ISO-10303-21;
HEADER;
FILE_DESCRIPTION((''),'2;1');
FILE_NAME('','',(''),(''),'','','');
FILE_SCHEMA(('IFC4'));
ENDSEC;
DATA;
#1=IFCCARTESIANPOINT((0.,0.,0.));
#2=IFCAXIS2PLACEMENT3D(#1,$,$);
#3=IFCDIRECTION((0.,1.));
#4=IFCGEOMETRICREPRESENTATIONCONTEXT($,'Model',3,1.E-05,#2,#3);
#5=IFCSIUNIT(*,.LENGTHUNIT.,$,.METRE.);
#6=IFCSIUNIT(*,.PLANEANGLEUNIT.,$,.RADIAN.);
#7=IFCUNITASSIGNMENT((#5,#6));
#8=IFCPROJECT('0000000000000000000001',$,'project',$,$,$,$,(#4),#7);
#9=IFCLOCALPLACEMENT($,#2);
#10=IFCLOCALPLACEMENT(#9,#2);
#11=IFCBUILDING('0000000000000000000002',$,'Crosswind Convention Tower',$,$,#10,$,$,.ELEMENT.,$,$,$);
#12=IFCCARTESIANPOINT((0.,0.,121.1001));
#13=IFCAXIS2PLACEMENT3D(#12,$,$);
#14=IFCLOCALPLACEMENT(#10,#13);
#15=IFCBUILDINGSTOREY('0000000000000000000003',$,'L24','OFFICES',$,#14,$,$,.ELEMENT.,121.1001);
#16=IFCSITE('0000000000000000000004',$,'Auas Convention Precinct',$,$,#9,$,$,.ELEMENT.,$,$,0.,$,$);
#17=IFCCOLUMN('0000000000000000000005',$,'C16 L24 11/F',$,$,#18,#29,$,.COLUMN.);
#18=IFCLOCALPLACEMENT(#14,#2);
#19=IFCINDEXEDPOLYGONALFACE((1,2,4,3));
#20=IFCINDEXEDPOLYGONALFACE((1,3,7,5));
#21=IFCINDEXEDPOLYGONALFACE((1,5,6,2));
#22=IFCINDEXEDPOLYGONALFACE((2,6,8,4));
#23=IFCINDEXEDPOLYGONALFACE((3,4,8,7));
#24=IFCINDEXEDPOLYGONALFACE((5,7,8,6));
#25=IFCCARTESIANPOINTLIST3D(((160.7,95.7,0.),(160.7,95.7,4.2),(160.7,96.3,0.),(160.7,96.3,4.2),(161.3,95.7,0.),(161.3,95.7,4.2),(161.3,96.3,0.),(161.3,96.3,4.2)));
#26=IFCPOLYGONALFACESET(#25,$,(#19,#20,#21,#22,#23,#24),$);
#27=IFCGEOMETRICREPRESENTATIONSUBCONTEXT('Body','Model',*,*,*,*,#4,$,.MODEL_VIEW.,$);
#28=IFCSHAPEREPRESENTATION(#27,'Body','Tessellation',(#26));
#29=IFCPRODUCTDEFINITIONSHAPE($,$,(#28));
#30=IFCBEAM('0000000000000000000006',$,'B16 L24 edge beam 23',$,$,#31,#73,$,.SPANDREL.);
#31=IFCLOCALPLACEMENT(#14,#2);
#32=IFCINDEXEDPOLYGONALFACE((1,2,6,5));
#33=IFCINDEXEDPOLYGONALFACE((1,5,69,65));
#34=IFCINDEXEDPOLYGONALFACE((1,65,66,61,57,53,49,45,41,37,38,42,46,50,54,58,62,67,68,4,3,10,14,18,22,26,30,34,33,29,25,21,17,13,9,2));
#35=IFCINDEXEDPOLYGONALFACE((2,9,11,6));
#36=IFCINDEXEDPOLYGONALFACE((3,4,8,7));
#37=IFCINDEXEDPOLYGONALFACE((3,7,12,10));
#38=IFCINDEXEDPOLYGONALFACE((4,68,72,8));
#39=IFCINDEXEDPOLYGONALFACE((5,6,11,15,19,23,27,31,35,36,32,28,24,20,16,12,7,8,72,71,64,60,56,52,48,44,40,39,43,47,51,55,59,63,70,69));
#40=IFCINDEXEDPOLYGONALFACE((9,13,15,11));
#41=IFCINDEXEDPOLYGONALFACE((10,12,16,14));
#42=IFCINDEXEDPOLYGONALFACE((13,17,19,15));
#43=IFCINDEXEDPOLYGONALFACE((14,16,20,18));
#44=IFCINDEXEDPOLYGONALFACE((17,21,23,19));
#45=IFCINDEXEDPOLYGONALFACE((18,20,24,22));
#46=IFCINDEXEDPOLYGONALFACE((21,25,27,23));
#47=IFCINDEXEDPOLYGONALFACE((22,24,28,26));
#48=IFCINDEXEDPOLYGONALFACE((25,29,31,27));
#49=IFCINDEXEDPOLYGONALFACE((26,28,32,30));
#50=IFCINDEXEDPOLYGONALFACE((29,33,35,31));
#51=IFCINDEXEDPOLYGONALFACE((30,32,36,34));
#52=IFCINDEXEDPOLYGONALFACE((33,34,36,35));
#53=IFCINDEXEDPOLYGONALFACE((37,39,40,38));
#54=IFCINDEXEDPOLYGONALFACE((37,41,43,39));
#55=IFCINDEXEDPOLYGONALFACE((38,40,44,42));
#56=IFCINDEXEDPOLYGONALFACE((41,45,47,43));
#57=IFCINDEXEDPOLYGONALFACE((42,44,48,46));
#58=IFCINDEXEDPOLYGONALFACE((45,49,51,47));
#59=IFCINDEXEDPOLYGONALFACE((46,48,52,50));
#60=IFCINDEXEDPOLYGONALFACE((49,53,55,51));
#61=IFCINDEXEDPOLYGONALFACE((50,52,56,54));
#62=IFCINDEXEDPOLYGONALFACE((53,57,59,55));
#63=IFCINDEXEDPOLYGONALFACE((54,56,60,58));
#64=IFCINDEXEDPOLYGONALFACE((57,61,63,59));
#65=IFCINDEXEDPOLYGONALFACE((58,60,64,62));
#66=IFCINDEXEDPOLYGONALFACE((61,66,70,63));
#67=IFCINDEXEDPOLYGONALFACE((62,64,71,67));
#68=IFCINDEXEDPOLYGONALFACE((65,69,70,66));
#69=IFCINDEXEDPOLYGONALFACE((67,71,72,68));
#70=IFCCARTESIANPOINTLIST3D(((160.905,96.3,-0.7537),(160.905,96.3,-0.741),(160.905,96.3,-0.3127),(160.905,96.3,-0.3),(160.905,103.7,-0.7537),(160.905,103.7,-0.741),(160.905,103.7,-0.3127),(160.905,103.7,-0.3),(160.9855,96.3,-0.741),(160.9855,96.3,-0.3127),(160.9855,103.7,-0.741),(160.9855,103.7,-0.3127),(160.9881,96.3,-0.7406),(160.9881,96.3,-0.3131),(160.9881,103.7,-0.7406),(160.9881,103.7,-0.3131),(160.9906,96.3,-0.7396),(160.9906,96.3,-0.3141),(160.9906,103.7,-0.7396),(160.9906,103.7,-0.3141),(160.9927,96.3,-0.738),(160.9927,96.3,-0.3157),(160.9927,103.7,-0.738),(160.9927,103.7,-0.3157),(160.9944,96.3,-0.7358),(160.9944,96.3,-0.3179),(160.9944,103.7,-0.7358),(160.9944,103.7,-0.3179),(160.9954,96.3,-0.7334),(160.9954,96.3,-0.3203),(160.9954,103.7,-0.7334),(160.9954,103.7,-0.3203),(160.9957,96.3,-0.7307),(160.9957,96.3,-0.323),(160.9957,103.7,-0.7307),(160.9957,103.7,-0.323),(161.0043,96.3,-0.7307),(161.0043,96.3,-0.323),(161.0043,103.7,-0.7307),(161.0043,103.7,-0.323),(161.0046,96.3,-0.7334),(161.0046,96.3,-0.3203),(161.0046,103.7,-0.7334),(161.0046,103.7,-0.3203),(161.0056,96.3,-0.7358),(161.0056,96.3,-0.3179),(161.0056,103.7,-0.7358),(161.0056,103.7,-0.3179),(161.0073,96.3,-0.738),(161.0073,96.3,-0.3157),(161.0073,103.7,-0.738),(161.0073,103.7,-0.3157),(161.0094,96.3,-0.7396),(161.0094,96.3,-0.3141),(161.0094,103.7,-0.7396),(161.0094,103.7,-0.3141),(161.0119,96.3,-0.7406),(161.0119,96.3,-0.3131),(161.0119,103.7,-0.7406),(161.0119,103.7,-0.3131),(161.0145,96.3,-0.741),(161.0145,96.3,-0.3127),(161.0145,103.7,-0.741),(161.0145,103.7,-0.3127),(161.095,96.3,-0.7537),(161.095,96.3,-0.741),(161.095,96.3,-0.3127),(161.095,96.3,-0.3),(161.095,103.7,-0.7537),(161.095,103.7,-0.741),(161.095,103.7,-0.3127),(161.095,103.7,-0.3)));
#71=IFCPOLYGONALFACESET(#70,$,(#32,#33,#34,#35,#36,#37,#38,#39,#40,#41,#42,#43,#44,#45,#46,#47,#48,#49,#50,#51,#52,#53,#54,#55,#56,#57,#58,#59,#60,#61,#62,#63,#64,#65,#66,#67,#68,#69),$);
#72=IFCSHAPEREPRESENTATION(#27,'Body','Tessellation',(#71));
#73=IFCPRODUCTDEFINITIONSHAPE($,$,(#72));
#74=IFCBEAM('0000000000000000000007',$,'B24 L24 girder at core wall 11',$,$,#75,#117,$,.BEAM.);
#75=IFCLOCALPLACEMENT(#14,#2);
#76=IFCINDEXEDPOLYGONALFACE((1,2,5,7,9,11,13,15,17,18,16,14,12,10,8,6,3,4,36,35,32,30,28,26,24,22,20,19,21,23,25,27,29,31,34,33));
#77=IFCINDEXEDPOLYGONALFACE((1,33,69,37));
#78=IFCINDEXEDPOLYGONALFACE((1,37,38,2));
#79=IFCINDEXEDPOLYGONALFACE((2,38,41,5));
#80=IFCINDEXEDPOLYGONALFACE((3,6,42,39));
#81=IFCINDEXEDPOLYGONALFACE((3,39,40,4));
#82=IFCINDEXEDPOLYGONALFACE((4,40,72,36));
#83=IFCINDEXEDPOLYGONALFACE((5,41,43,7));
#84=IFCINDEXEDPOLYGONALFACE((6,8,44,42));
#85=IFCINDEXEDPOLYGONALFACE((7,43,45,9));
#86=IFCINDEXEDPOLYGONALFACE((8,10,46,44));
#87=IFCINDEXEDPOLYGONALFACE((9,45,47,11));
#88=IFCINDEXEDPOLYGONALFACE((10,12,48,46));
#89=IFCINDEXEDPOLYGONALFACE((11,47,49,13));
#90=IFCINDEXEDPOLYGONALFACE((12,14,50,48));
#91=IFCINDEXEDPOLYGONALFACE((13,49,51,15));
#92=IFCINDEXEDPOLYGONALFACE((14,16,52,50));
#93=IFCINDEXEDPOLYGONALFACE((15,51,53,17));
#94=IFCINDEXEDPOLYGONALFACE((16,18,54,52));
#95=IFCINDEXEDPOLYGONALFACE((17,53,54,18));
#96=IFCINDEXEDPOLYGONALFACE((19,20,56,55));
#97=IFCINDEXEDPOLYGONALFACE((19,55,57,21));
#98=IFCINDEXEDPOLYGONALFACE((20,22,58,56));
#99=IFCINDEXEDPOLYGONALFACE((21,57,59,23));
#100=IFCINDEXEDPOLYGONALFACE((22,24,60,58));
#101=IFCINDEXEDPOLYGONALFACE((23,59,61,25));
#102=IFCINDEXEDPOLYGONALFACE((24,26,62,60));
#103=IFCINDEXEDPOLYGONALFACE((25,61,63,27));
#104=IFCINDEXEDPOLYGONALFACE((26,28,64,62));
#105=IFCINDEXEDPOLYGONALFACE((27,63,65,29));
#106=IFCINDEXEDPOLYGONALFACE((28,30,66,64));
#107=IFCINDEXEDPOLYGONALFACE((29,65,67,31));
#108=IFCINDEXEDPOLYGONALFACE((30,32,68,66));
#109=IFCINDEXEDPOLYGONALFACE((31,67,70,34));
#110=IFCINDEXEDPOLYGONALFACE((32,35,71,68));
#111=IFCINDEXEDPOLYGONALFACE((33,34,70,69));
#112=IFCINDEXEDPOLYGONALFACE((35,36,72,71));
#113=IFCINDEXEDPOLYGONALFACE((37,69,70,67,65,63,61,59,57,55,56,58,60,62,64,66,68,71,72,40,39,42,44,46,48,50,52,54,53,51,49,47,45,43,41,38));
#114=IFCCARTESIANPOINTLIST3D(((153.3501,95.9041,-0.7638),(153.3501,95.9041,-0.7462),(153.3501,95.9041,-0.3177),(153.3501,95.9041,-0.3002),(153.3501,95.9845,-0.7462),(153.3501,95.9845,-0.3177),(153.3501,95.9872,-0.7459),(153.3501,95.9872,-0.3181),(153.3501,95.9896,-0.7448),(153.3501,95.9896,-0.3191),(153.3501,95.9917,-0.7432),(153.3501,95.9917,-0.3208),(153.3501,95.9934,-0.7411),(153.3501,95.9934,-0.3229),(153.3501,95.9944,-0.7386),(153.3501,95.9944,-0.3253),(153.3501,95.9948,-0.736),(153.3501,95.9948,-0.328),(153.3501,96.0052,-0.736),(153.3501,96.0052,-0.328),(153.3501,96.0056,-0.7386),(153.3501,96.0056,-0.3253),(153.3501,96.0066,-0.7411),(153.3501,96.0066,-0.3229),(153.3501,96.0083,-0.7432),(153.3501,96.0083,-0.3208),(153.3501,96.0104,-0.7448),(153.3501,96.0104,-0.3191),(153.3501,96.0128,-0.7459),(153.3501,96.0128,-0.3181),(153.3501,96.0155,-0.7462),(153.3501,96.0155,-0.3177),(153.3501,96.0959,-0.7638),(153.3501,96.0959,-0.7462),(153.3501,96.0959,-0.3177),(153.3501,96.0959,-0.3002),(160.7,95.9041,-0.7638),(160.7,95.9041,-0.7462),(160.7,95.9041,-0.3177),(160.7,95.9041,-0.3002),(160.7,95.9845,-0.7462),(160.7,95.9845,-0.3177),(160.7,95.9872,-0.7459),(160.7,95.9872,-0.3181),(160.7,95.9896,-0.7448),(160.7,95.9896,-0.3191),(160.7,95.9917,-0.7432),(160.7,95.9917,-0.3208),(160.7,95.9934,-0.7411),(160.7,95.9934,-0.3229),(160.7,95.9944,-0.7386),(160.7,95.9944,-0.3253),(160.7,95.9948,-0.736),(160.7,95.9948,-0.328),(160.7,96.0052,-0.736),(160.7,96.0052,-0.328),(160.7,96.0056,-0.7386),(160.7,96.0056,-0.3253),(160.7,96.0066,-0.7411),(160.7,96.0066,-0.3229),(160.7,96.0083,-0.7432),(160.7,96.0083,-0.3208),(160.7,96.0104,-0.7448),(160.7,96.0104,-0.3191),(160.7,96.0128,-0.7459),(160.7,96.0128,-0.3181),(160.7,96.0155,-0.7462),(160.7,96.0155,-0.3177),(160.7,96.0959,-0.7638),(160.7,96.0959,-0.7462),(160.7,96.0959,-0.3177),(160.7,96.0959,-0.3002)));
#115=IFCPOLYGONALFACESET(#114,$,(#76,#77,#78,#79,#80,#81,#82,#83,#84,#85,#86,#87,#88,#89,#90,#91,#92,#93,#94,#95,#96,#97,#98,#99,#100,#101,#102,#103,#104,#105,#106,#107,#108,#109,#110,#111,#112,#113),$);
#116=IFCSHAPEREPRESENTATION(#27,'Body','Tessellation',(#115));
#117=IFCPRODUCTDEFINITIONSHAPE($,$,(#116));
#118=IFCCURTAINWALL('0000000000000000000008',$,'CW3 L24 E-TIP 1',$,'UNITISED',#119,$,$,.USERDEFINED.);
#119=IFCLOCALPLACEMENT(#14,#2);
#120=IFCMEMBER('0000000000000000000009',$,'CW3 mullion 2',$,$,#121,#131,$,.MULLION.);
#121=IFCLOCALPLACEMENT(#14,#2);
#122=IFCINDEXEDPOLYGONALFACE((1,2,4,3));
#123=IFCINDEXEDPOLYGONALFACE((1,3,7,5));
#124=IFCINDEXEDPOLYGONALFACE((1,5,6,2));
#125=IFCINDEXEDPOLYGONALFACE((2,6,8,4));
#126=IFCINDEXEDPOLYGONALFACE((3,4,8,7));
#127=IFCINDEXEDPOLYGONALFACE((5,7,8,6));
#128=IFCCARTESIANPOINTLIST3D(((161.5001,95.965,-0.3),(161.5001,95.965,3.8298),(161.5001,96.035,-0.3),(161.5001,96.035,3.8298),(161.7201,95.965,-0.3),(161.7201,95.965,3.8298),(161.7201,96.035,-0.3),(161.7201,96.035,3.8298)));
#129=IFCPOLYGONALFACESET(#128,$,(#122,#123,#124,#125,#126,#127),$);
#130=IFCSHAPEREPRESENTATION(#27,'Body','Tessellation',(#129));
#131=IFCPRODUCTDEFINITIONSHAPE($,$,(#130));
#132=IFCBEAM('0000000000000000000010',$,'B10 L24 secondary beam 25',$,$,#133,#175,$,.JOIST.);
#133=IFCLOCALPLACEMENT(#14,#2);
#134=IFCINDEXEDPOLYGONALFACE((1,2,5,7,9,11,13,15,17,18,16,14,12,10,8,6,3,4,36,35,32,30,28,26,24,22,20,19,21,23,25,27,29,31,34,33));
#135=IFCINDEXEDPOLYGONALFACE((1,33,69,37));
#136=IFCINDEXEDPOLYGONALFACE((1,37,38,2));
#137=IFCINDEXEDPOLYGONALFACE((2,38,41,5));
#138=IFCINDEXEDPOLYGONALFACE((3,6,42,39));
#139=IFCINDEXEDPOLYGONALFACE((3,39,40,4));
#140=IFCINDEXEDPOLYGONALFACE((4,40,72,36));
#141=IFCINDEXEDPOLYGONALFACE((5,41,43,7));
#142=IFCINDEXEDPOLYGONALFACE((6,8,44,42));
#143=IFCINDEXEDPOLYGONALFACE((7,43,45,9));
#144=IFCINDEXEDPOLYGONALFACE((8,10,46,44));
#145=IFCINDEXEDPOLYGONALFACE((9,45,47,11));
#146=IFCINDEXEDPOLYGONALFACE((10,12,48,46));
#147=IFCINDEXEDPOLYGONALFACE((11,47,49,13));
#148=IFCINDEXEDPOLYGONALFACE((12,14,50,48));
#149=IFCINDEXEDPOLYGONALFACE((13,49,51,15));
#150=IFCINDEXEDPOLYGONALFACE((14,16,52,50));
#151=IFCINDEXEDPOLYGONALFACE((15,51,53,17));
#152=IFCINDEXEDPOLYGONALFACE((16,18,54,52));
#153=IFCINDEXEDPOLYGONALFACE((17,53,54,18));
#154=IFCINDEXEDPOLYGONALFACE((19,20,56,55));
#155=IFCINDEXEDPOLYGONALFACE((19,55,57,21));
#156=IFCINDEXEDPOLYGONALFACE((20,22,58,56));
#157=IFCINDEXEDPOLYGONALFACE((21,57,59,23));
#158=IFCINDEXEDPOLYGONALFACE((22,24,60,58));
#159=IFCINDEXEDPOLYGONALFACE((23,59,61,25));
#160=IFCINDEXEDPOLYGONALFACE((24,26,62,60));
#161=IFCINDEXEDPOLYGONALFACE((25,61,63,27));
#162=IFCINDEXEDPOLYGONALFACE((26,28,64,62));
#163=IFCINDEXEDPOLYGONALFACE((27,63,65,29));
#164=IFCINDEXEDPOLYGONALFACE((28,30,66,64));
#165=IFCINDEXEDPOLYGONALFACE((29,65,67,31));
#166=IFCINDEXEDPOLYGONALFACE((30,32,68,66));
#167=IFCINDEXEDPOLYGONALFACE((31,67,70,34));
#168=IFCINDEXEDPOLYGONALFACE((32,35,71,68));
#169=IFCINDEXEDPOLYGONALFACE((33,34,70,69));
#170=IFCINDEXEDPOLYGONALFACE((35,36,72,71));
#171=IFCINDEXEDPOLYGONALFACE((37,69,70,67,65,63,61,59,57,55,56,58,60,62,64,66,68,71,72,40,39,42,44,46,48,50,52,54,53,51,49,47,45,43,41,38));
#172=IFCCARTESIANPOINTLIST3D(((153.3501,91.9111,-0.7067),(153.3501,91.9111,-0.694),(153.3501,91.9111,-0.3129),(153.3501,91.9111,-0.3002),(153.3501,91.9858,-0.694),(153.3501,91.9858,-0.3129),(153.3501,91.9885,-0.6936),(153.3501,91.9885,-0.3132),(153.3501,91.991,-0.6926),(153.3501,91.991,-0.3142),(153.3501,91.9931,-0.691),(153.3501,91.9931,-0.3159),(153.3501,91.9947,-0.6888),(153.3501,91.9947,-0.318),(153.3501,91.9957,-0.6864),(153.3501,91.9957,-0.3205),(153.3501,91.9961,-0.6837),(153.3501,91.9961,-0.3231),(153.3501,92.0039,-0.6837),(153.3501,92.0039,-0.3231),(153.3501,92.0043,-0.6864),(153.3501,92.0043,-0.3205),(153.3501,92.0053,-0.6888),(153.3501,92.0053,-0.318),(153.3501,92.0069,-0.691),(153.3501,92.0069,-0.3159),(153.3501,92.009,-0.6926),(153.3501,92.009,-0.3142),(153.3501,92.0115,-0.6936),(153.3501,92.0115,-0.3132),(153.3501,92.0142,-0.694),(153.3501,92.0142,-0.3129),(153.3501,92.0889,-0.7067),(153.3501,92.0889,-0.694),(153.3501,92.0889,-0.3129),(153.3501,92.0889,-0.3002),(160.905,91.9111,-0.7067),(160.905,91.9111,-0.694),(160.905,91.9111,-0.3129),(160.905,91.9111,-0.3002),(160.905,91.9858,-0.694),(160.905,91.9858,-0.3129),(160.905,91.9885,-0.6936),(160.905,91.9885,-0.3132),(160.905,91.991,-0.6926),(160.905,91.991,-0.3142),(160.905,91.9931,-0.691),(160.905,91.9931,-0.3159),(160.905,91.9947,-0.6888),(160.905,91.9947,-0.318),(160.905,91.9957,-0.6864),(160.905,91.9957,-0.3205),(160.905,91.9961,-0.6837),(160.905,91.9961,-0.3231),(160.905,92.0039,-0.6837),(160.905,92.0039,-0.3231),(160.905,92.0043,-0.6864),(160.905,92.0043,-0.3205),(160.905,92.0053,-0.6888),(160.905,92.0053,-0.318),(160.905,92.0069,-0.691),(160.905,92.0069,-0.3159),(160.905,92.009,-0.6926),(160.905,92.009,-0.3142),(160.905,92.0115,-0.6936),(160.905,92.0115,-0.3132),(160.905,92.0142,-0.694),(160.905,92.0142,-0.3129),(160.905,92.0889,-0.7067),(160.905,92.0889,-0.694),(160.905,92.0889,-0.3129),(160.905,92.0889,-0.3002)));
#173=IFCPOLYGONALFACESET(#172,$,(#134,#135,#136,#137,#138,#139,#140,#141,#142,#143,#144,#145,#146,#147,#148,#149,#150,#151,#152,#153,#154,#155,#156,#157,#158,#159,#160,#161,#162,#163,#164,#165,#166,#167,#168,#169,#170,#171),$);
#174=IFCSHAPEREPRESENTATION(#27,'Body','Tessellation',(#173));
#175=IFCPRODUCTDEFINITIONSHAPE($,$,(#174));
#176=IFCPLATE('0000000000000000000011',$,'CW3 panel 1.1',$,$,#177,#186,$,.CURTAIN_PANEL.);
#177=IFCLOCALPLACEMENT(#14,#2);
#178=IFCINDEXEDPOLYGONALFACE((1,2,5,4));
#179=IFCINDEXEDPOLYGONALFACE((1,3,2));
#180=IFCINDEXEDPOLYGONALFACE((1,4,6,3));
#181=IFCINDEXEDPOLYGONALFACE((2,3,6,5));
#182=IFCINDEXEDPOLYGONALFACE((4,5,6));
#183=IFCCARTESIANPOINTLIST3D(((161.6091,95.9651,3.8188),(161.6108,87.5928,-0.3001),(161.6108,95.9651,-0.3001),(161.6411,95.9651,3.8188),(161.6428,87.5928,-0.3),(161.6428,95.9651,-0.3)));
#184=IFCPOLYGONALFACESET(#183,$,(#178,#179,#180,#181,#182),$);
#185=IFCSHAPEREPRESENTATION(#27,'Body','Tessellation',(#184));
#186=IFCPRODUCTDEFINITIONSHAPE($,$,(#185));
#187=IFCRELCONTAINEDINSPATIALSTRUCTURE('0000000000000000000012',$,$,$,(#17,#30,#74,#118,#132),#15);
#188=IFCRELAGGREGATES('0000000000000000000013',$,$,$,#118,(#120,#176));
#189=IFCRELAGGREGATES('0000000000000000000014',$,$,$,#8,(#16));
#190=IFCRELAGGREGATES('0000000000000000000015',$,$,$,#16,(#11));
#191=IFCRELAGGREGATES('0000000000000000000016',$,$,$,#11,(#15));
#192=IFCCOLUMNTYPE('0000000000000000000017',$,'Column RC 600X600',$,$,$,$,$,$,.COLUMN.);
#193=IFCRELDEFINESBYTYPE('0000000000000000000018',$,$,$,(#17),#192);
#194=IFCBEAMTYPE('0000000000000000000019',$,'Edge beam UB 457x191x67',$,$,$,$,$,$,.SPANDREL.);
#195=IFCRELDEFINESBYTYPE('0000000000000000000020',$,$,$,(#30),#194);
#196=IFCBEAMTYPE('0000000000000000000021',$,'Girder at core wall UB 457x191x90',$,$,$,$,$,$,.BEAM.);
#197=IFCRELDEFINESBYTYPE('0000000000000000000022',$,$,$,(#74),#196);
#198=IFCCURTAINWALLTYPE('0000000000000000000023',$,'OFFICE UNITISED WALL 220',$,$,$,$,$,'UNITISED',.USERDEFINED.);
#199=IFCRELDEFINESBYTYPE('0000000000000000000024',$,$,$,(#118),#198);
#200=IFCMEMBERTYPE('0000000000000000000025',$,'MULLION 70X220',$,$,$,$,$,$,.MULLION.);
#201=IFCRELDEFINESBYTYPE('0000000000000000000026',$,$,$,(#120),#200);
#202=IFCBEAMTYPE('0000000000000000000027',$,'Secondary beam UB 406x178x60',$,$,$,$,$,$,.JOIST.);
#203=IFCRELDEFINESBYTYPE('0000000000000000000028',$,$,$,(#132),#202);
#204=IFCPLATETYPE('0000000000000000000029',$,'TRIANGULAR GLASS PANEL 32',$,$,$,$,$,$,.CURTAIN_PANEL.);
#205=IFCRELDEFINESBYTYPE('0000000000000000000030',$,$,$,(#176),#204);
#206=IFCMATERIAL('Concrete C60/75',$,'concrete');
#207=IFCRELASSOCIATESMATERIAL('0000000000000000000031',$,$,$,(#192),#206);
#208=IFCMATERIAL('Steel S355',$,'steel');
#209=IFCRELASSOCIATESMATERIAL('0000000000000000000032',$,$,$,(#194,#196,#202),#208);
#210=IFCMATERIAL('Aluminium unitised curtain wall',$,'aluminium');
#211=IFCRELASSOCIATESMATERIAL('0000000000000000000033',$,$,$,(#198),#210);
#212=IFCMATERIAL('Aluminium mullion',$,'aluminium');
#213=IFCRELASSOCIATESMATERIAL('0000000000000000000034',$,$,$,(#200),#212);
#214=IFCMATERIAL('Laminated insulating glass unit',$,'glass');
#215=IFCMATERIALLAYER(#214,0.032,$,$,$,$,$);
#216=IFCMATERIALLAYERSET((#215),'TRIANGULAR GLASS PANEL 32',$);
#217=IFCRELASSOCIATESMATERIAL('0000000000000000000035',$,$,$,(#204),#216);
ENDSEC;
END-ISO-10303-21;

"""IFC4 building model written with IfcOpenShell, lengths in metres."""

from ifc_helpers import new_model, si_unit, direction, frame, origin, origin_2d, place, context, subcontext, project, spatial, polyline, rectangle, i_section, outline, extrude, material, layer, layer_set, material_profile, profile_set, type_object, element, aggregate, save


model = new_model("IFC4")

# Units and contexts
model_context = context("Model", 3, precision=1e-05, world=origin(), true_north=direction((0.0, 1.0)))
body_context = subcontext(model_context, "Body", "Model", "MODEL_VIEW")
ifc_project = project(units=[si_unit("LENGTHUNIT", "METRE"), si_unit("PLANEANGLEUNIT", "RADIAN")], contexts=[model_context])

# Site, building, storey
site_placement = place(None, origin())
site = spatial("IfcSite", under=ifc_project, at=site_placement, Name="Auas Convention Precinct", CompositionType="ELEMENT", RefElevation=0.0)
building_placement = place(site_placement, origin())
building = spatial("IfcBuilding", under=site, at=building_placement, Name="Crosswind Convention Tower", CompositionType="ELEMENT")
storey_placement = place(building_placement, frame((0.0, 0.0, 121.1001)))
storey = spatial("IfcBuildingStorey", under=building, at=storey_placement, Name="L24", Description="OFFICES", CompositionType="ELEMENT", Elevation=121.1001)

# Column
ifc_material_1 = material(Name="Concrete C60/75", Category="concrete")
ifc_material_profile_1 = material_profile(ifc_material_1, rectangle(XDim=0.6001, YDim=0.6001, at=origin_2d()), Name="RC 600X600")
ifc_profile_set_1 = profile_set([ifc_material_profile_1], Name="Concrete C60/75")
column_type = type_object("IfcColumnType", Name="Column RC 600X600", PredefinedType="COLUMN", material=ifc_profile_set_1)
column_placement = place(storey_placement, frame((161.0, 96.0, 0.0), z_axis=(0.0, 0.0, 1.0), x_axis=(1.0, 0.0, 0.0)))
element("IfcColumn", 1, at=column_placement, inside=storey, type_object=column_type, Name="C16 L24 11/F", PredefinedType="COLUMN", context=body_context, shape_type="SweptSolid", body=[
    extrude(rectangle(XDim=0.6001, YDim=0.6001, at=origin_2d()), origin(), (0.0, 0.0, 1.0), 4.2),
])

# Beams
ifc_material_2 = material(Name="Steel S355", Category="steel")
ifc_material_profile_2 = material_profile(ifc_material_2, i_section(OverallWidth=0.1899, OverallDepth=0.4536, WebThickness=0.0085, FlangeThickness=0.0127, FilletRadius=0.0103, at=origin_2d()), Name="UB 457x191x67")
ifc_profile_set_2 = profile_set([ifc_material_profile_2], Name="Steel S355")
beam_type_1 = type_object("IfcBeamType", Name="Edge beam UB 457x191x67", PredefinedType="SPANDREL", material=ifc_profile_set_2)
beam_1_placement = place(storey_placement, frame((161.0, 96.3, -0.5269), z_axis=(0.0, 1.0, 0.0), x_axis=(-1.0, 0.0, 0.0)))
element("IfcBeam", 2, at=beam_1_placement, inside=storey, type_object=beam_type_1, Name="B16 L24 edge beam 23", PredefinedType="SPANDREL", context=body_context, shape_type="SweptSolid", body=[
    extrude(i_section(OverallWidth=0.1899, OverallDepth=0.4536, WebThickness=0.0085, FlangeThickness=0.0127, FilletRadius=0.0103, at=origin_2d()), origin(), (0.0, 0.0, 1.0), 7.3999),
])
ifc_material_profile_3 = material_profile(ifc_material_2, i_section(OverallWidth=0.1919, OverallDepth=0.4636, WebThickness=0.0105, FlangeThickness=0.0176, FilletRadius=0.0103, at=origin_2d()), Name="UB 457x191x90")
ifc_profile_set_3 = profile_set([ifc_material_profile_3], Name="Steel S355")
beam_type_2 = type_object("IfcBeamType", Name="Girder at core wall UB 457x191x90", PredefinedType="BEAM", material=ifc_profile_set_3)
beam_2_placement = place(storey_placement, frame((153.3501, 96.0, -0.532), z_axis=(1.0, 0.0, 0.0), x_axis=(0.0, 1.0, 0.0)))
element("IfcBeam", 3, at=beam_2_placement, inside=storey, type_object=beam_type_2, Name="B24 L24 girder at core wall 11", PredefinedType="BEAM", context=body_context, shape_type="SweptSolid", body=[
    extrude(i_section(OverallWidth=0.1919, OverallDepth=0.4636, WebThickness=0.0105, FlangeThickness=0.0176, FilletRadius=0.0103, at=origin_2d()), origin(), (0.0, 0.0, 1.0), 7.3499),
])

# Curtain wall, member
ifc_material_3 = material(Name="Aluminium unitised curtain wall", Category="aluminium")
curtain_wall_type = type_object("IfcCurtainWallType", Name="OFFICE UNITISED WALL 220", ElementType="UNITISED", PredefinedType="USERDEFINED", material=ifc_material_3)
curtain_wall_placement = place(storey_placement, origin())
curtain_wall = element("IfcCurtainWall", 4, at=curtain_wall_placement, inside=storey, type_object=curtain_wall_type, Name="CW3 L24 E-TIP 1", ObjectType="UNITISED", PredefinedType="USERDEFINED")
ifc_material_4 = material(Name="Aluminium mullion", Category="aluminium")
ifc_material_profile_4 = material_profile(ifc_material_4, rectangle(XDim=0.22, YDim=0.0701, at=origin_2d()), Name="AL 220X70")
ifc_profile_set_4 = profile_set([ifc_material_profile_4], Name="Aluminium mullion")
member_type = type_object("IfcMemberType", Name="MULLION 70X220", PredefinedType="MULLION", material=ifc_profile_set_4)
member_placement = place(storey_placement, frame((161.6101, 96.0, -0.3), z_axis=(0.0, 0.0, 1.0), x_axis=(1.0, 0.0, 0.0)))
member = element("IfcMember", 5, at=member_placement, type_object=member_type, Name="CW3 mullion 2", PredefinedType="MULLION", context=body_context, shape_type="SweptSolid", body=[
    extrude(rectangle(XDim=0.22, YDim=0.0701, at=origin_2d()), origin(), (0.0, 0.0, 1.0), 4.1299),
])

# Beam
ifc_material_profile_5 = material_profile(ifc_material_2, i_section(OverallWidth=0.1777, OverallDepth=0.4065, WebThickness=0.0078, FlangeThickness=0.0127, FilletRadius=0.0103, at=origin_2d()), Name="UB 406x178x60")
ifc_profile_set_5 = profile_set([ifc_material_profile_5], Name="Steel S355")
beam_type_3 = type_object("IfcBeamType", Name="Secondary beam UB 406x178x60", PredefinedType="JOIST", material=ifc_profile_set_5)
beam_3_placement = place(storey_placement, frame((153.3501, 92.0, -0.5034), z_axis=(1.0, 0.0, 0.0), x_axis=(0.0, 1.0, 0.0)))
element("IfcBeam", 6, at=beam_3_placement, inside=storey, type_object=beam_type_3, Name="B10 L24 secondary beam 25", PredefinedType="JOIST", context=body_context, shape_type="SweptSolid", body=[
    extrude(i_section(OverallWidth=0.1777, OverallDepth=0.4065, WebThickness=0.0078, FlangeThickness=0.0127, FilletRadius=0.0103, at=origin_2d()), origin(), (0.0, 0.0, 1.0), 7.5549),
])

# Plate
ifc_material_5 = material(Name="Laminated insulating glass unit", Category="glass")
ifc_layer_1 = layer(ifc_material_5, 0.032)
ifc_layer_set_1 = layer_set([ifc_layer_1], Name="TRIANGULAR GLASS PANEL 32")
plate_type = type_object("IfcPlateType", Name="TRIANGULAR GLASS PANEL 32", PredefinedType="CURTAIN_PANEL", material=ifc_layer_set_1)
plate_1_placement = place(storey_placement, frame((161.6428, 95.9651, -0.3), z_axis=(1.0, 0.0, 0.000415), x_axis=(-0.000415, 0.0, 1.0)))
plate_1 = element("IfcPlate", 7, at=plate_1_placement, type_object=plate_type, Name="CW3 panel 1.1", PredefinedType="CURTAIN_PANEL", context=body_context, shape_type="SweptSolid", body=[
    extrude(outline(polyline([(0.0, 0.0), (4.1189, 0.0), (0.0, 8.3723), (0.0, 0.0)])), origin(), (0.0, 0.0, -1.0), 0.032),
])
aggregate(curtain_wall, [member, plate_1])

save(model, "model.ifc")
